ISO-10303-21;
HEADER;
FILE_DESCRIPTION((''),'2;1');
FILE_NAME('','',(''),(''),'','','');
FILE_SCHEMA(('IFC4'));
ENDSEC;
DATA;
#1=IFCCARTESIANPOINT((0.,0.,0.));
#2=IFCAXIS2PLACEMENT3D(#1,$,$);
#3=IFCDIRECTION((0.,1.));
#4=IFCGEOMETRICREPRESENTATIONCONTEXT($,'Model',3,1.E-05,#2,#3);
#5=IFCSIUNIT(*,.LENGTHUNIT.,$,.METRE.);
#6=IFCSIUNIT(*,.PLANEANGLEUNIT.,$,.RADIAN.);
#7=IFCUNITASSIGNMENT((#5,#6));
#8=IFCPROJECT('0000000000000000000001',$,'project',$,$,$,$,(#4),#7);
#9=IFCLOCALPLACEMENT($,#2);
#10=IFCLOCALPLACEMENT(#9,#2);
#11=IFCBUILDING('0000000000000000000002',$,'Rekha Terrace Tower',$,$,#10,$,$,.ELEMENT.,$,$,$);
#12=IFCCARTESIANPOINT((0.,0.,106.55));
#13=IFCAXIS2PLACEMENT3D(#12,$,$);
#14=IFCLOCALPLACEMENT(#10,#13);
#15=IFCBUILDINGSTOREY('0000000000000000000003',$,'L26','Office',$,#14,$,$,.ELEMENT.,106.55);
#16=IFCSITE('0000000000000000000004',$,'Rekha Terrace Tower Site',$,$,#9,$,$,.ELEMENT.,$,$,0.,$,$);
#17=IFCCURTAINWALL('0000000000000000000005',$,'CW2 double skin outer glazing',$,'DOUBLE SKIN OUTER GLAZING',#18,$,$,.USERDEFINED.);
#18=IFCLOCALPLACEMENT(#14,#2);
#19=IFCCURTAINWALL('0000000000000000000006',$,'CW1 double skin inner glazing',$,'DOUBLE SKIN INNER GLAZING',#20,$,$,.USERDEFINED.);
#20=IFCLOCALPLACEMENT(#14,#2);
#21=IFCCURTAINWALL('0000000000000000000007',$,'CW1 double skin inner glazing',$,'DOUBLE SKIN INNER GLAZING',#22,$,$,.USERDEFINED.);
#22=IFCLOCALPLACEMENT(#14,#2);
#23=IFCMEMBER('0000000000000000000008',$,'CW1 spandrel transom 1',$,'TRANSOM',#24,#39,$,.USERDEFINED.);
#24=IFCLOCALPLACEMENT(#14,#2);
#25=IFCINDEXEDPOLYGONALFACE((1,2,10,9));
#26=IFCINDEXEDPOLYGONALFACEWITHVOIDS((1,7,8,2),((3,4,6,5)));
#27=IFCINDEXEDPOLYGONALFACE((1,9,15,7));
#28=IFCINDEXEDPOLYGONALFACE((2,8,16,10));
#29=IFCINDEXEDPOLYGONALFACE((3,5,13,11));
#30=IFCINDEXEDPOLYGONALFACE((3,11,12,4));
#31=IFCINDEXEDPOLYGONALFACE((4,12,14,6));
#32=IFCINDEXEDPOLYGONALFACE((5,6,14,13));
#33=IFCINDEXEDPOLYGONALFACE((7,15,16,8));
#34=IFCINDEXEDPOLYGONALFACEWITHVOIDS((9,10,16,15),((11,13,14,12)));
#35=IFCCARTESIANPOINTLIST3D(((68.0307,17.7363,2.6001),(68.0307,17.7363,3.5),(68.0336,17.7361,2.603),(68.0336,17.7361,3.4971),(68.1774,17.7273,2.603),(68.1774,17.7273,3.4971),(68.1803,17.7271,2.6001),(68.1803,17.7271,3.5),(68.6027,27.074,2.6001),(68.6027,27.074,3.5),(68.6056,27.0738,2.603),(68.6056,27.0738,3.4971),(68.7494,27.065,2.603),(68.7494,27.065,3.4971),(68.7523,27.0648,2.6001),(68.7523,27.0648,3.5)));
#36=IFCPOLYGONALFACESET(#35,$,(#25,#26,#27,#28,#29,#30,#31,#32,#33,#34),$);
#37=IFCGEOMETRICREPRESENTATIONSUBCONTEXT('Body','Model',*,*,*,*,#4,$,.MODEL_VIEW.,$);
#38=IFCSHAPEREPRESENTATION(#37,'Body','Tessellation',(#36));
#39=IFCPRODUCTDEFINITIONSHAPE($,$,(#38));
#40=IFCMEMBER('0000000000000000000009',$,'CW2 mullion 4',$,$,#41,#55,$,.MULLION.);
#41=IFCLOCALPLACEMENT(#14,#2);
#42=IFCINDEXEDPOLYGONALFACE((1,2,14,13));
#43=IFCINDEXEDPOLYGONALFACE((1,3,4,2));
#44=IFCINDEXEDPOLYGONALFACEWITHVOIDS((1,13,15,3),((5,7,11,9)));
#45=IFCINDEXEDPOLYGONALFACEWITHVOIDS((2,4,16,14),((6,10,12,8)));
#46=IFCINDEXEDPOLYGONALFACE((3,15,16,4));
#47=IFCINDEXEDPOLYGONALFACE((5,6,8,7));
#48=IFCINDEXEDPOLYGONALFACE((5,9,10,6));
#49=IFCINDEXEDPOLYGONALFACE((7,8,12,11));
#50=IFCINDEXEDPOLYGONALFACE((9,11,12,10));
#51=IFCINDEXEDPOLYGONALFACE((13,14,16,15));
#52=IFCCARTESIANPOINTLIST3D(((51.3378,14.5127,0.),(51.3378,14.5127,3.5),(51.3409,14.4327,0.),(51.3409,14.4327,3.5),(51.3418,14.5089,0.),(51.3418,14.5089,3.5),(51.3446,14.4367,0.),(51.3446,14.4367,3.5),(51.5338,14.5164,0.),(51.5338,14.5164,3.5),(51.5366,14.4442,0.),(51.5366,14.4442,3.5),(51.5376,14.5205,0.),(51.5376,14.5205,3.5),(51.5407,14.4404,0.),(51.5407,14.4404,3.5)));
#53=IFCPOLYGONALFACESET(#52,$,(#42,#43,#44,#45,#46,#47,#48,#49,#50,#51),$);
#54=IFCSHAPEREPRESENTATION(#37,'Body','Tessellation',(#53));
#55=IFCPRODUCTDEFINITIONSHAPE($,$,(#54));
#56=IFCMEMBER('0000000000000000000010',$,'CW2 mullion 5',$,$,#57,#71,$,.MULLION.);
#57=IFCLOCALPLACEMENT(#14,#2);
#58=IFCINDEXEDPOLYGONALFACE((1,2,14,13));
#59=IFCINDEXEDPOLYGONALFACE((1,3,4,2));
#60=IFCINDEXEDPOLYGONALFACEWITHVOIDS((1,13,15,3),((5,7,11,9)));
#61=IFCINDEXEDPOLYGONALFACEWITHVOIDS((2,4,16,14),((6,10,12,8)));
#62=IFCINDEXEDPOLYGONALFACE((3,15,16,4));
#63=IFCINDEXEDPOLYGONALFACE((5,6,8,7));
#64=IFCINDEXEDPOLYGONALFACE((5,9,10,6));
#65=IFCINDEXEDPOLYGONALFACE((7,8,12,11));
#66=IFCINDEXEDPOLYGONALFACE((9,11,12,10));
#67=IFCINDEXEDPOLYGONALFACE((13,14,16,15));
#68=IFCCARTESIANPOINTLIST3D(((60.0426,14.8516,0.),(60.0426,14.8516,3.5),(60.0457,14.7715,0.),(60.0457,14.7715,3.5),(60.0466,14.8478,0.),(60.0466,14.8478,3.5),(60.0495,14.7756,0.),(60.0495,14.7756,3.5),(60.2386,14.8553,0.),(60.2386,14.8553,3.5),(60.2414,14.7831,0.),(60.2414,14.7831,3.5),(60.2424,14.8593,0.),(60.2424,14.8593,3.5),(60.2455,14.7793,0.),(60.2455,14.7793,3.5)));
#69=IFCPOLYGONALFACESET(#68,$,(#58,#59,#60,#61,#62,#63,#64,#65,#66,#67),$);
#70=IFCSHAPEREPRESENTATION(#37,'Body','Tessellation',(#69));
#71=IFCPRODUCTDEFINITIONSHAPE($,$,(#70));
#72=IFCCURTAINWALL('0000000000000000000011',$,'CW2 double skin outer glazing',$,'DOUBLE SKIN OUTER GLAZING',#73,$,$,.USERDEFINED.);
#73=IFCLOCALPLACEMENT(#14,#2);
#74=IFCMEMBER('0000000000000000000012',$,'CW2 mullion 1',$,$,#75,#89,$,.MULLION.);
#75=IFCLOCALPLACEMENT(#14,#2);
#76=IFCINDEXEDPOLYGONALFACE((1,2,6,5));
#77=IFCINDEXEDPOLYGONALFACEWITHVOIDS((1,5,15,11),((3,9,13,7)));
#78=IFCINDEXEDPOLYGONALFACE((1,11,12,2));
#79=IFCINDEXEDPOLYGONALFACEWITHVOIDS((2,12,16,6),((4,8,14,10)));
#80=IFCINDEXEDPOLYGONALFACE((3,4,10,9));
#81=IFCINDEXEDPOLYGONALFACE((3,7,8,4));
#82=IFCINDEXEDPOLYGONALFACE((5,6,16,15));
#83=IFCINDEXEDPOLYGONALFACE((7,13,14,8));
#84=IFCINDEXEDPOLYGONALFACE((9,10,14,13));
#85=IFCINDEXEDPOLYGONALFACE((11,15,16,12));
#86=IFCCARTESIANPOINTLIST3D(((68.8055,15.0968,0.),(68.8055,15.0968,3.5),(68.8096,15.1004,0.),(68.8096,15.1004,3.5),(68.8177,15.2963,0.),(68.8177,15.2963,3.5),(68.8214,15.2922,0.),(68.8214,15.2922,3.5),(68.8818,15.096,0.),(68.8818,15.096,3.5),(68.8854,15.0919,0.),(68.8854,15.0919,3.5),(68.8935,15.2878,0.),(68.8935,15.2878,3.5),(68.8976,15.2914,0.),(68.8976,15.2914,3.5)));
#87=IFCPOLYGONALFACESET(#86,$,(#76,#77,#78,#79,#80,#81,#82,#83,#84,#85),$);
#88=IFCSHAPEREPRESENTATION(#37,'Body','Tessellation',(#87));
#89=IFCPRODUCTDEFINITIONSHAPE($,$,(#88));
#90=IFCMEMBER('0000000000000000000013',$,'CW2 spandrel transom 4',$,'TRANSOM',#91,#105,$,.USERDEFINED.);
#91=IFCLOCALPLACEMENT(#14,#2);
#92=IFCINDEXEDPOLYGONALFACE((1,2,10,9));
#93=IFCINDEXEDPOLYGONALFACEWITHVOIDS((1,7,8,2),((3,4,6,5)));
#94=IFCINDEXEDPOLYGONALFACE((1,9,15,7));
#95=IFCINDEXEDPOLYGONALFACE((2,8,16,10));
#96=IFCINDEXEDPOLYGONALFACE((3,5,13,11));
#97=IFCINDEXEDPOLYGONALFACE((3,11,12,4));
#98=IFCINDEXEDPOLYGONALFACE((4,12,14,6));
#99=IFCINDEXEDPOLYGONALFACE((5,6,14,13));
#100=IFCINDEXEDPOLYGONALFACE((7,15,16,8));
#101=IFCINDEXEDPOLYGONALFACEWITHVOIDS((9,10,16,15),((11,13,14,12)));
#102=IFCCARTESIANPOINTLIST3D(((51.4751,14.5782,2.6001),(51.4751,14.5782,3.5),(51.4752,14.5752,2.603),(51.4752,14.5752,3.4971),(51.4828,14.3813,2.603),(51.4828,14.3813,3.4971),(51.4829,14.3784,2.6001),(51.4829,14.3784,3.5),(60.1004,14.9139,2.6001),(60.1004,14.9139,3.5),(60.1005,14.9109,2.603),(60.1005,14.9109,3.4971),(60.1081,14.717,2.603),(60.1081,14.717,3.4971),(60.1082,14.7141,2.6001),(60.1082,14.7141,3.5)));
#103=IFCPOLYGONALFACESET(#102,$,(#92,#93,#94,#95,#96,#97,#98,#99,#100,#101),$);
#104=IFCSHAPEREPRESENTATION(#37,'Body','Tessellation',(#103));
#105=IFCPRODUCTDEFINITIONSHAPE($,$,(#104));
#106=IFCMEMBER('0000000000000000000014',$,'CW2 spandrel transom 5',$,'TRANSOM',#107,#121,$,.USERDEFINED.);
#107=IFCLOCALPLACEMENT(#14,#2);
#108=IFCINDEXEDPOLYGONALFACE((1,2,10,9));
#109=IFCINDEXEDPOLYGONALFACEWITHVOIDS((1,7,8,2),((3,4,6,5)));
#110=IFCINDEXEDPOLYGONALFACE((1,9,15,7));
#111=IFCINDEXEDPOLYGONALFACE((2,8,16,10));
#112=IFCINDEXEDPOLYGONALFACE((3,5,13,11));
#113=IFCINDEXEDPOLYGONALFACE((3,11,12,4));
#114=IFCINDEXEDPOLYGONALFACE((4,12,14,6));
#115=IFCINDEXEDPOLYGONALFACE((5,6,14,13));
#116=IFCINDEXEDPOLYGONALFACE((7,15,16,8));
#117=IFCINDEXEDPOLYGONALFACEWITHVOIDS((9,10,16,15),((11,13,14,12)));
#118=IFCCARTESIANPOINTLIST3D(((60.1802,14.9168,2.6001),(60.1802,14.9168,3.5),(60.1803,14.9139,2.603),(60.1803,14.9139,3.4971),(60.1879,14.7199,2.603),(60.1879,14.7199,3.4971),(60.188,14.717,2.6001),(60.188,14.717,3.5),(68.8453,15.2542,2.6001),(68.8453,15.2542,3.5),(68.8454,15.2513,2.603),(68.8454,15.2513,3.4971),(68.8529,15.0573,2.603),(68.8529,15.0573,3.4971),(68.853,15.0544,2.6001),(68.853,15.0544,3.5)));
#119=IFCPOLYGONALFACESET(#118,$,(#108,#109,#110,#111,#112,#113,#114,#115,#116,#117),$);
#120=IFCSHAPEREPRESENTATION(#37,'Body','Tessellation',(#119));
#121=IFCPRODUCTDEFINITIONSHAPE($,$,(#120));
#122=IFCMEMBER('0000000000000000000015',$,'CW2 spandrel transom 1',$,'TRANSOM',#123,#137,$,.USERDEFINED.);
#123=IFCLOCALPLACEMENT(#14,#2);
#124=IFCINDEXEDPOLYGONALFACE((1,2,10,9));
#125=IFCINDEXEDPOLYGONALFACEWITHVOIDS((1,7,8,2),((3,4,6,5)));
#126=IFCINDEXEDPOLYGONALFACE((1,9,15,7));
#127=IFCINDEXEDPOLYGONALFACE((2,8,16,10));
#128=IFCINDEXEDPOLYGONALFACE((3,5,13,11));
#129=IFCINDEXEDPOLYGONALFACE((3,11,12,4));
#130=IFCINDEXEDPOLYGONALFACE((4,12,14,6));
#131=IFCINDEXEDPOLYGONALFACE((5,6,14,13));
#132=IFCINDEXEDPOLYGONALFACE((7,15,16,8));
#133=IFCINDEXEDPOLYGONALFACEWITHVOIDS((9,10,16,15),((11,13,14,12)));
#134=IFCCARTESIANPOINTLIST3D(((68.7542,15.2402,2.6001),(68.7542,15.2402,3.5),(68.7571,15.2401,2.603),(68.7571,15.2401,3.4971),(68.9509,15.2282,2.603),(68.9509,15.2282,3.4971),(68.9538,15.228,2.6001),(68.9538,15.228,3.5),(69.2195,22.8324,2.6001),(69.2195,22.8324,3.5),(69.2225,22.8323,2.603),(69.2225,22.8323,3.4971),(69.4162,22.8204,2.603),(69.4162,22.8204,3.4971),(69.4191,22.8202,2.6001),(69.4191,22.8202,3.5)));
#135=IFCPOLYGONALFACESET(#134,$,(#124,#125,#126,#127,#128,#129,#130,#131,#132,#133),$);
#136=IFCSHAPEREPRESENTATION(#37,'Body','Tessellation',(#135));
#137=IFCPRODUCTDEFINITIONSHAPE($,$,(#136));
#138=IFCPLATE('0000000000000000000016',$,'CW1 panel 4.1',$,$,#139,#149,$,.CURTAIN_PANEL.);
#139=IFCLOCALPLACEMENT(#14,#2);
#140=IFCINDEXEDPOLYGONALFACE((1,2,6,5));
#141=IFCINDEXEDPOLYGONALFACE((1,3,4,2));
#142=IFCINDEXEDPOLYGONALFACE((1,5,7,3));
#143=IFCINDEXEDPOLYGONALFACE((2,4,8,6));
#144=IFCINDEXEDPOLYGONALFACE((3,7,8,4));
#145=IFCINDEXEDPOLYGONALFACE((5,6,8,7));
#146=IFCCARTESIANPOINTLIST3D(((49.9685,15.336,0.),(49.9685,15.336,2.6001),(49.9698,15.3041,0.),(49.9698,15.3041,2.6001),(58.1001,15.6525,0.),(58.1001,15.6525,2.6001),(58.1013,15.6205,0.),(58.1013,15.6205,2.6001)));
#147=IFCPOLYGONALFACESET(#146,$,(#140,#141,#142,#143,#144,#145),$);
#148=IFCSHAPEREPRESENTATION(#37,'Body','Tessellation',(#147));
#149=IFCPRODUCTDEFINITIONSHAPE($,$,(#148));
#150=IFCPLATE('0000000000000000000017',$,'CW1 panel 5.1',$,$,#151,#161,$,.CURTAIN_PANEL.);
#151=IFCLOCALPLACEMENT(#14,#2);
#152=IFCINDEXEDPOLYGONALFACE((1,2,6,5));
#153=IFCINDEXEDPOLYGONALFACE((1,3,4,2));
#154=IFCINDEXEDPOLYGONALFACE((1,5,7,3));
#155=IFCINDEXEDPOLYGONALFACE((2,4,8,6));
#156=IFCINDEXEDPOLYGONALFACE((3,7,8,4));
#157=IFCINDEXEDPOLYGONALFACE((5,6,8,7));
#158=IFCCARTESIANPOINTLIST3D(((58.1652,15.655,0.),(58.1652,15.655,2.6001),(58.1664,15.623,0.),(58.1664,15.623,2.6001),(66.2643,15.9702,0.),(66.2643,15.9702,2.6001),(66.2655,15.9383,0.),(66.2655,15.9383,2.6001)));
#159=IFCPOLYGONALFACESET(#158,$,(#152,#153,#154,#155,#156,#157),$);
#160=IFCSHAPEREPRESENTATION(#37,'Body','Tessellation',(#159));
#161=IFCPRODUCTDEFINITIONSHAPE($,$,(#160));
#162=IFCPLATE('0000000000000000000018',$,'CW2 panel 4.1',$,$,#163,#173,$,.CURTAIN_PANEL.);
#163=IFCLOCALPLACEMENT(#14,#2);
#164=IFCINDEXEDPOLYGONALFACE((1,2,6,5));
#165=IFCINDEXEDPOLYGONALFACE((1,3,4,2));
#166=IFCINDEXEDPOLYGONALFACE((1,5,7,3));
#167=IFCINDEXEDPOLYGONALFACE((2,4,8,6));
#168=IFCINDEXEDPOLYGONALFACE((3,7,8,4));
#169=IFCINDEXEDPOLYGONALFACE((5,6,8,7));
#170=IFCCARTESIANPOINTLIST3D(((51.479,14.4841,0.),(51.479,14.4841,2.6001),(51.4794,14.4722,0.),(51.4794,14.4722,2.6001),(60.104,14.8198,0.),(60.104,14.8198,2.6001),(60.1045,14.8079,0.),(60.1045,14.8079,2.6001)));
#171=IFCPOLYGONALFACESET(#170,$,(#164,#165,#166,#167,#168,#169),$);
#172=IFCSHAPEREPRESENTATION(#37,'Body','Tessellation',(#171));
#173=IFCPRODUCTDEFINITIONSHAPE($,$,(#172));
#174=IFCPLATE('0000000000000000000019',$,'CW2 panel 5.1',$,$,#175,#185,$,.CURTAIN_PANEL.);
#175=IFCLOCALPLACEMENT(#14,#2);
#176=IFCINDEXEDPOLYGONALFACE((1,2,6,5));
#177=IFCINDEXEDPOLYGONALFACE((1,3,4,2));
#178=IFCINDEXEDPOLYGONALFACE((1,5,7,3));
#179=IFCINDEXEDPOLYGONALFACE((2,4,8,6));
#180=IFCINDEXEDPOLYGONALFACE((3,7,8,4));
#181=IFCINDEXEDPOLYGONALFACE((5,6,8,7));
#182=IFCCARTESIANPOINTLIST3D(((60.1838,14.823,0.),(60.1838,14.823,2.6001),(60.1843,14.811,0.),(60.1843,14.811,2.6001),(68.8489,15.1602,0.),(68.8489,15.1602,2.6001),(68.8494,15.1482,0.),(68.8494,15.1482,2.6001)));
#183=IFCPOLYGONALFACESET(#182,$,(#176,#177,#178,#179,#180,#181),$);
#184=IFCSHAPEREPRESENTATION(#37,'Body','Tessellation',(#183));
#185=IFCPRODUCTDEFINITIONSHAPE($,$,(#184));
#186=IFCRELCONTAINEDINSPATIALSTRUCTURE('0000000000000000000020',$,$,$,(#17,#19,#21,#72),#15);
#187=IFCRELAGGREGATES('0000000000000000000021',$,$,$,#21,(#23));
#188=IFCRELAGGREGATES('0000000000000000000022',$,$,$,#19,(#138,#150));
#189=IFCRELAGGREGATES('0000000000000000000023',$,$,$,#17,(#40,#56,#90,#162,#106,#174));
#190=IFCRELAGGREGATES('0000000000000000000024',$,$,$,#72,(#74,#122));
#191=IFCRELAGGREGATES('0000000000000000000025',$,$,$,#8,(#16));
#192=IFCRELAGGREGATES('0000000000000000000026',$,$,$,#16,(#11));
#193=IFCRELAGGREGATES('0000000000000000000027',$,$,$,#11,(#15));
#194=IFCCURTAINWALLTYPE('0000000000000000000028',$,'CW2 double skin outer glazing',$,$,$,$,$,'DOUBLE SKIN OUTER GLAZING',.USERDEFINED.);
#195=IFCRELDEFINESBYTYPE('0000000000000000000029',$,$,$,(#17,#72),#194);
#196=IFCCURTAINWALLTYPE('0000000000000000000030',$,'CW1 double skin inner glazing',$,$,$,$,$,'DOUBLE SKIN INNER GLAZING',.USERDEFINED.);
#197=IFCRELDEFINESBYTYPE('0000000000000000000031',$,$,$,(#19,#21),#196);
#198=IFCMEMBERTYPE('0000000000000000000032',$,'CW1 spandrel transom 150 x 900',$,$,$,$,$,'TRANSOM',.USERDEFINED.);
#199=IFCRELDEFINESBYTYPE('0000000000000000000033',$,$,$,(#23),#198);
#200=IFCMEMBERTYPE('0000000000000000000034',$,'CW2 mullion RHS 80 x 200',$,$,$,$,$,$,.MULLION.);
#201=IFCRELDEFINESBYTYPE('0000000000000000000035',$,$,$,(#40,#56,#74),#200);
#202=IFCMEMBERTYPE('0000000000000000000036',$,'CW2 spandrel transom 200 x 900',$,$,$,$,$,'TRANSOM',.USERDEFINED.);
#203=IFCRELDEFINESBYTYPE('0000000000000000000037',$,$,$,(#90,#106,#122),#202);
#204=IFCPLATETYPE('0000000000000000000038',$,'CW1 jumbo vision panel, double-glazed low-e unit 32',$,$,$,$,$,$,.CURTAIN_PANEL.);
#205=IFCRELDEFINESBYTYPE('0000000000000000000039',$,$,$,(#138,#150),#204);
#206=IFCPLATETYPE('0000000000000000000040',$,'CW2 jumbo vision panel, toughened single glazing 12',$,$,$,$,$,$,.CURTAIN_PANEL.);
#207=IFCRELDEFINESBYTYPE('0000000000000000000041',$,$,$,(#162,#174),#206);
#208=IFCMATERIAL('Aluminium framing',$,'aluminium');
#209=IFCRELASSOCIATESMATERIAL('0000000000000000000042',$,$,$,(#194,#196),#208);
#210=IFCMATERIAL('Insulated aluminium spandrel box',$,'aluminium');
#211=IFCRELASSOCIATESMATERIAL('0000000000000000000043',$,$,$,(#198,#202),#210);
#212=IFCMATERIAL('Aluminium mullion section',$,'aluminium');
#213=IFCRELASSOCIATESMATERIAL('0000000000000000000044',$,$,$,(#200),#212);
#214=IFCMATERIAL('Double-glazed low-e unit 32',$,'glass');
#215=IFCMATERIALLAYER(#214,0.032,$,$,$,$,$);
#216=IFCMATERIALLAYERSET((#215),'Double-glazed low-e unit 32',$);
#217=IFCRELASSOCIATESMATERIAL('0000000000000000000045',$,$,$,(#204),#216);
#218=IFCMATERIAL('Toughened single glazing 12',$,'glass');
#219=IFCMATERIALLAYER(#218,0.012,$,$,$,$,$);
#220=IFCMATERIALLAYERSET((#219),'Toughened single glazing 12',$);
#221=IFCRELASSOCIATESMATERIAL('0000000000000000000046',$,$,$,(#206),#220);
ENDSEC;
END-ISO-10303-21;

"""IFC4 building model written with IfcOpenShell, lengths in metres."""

from ifc_helpers import new_model, si_unit, direction, frame, origin, origin_2d, place, context, subcontext, project, spatial, rectangle, hollow_rectangle, extrude, material, layer, layer_set, material_profile, profile_set, type_object, element, aggregate, save


model = new_model("IFC4")

# Units and contexts
model_context = context("Model", 3, precision=1e-05, world=origin(), true_north=direction((0.0, 1.0)))
body_context = subcontext(model_context, "Body", "Model", "MODEL_VIEW")
ifc_project = project(units=[si_unit("LENGTHUNIT", "METRE"), si_unit("PLANEANGLEUNIT", "RADIAN")], contexts=[model_context])

# Site, building, storey
site_placement = place(None, origin())
site = spatial("IfcSite", under=ifc_project, at=site_placement, Name="Rekha Terrace Tower Site", CompositionType="ELEMENT", RefElevation=0.0)
building_placement = place(site_placement, origin())
building = spatial("IfcBuilding", under=site, at=building_placement, Name="Rekha Terrace Tower", CompositionType="ELEMENT")
storey_placement = place(building_placement, frame((0.0, 0.0, 106.55)))
storey = spatial("IfcBuildingStorey", under=building, at=storey_placement, Name="L26", Description="Office", CompositionType="ELEMENT", Elevation=106.55)

# Curtain walls
ifc_material_1 = material(Name="Aluminium framing", Category="aluminium")
curtain_wall_type_1 = type_object("IfcCurtainWallType", Name="CW2 double skin outer glazing", ElementType="DOUBLE SKIN OUTER GLAZING", PredefinedType="USERDEFINED", material=ifc_material_1)
curtain_wall_1_placement = place(storey_placement, origin())
curtain_wall_1 = element("IfcCurtainWall", 1, at=curtain_wall_1_placement, inside=storey, type_object=curtain_wall_type_1, Name="CW2 double skin outer glazing", ObjectType="DOUBLE SKIN OUTER GLAZING", PredefinedType="USERDEFINED")
curtain_wall_type_2 = type_object("IfcCurtainWallType", Name="CW1 double skin inner glazing", ElementType="DOUBLE SKIN INNER GLAZING", PredefinedType="USERDEFINED", material=ifc_material_1)
curtain_wall_2_placement = place(storey_placement, origin())
curtain_wall_2 = element("IfcCurtainWall", 2, at=curtain_wall_2_placement, inside=storey, type_object=curtain_wall_type_2, Name="CW1 double skin inner glazing", ObjectType="DOUBLE SKIN INNER GLAZING", PredefinedType="USERDEFINED")
ifc_material_2 = material(Name="Aluminium mullion section", Category="aluminium")

# Curtain wall
curtain_wall_3_placement = place(storey_placement, origin())
curtain_wall_3 = element("IfcCurtainWall", 3, at=curtain_wall_3_placement, inside=storey, type_object=curtain_wall_type_2, Name="CW1 double skin inner glazing", ObjectType="DOUBLE SKIN INNER GLAZING", PredefinedType="USERDEFINED")

# Members
ifc_material_3 = material(Name="Insulated aluminium spandrel box", Category="aluminium")
ifc_material_profile_1 = material_profile(ifc_material_3, hollow_rectangle(XDim=0.1499, YDim=0.8999, WallThickness=0.0029, at=origin_2d()), Name="AL SPANDREL BOX 150x900")
ifc_profile_set_1 = profile_set([ifc_material_profile_1], Name="Insulated aluminium spandrel box")
member_type_1 = type_object("IfcMemberType", Name="CW1 spandrel transom 150 x 900", ElementType="TRANSOM", PredefinedType="USERDEFINED", material=ifc_profile_set_1)
member_1_placement = place(storey_placement, frame((68.1055, 17.7317, 3.05), z_axis=(0.061145, 0.998129, 0.0), x_axis=(-0.998129, 0.061145, 0.0)))
member_1 = element("IfcMember", 4, at=member_1_placement, type_object=member_type_1, Name="CW1 spandrel transom 1", ObjectType="TRANSOM", PredefinedType="USERDEFINED", context=body_context, shape_type="SweptSolid", body=[
    extrude(hollow_rectangle(XDim=0.1499, YDim=0.8999, WallThickness=0.0029, at=origin_2d()), origin(), (0.0, 0.0, 1.0), 9.3552),
])
aggregate(curtain_wall_3, [member_1])
ifc_material_profile_2 = material_profile(ifc_material_2, hollow_rectangle(XDim=0.0801, YDim=0.2, WallThickness=0.0039, at=origin_2d()), Name="AL RHS 80x200")
ifc_profile_set_2 = profile_set([ifc_material_profile_2], Name="Aluminium mullion section")
member_type_2 = type_object("IfcMemberType", Name="CW2 mullion RHS 80 x 200", PredefinedType="MULLION", material=ifc_profile_set_2)
member_2_placement = place(storey_placement, frame((51.4392, 14.4766, 0.0), z_axis=(0.0, 0.0, 1.0), x_axis=(-0.03889, 0.999243, 0.0)))
member_2 = element("IfcMember", 5, at=member_2_placement, type_object=member_type_2, Name="CW2 mullion 4", PredefinedType="MULLION", context=body_context, shape_type="SweptSolid", body=[
    extrude(hollow_rectangle(XDim=0.0801, YDim=0.2, WallThickness=0.0039, at=origin_2d()), origin(), (0.0, 0.0, 1.0), 3.5),
])
member_3_placement = place(storey_placement, frame((60.144, 14.8154, 0.0), z_axis=(0.0, 0.0, 1.0), x_axis=(-0.03889, 0.999243, 0.0)))
member_3 = element("IfcMember", 6, at=member_3_placement, type_object=member_type_2, Name="CW2 mullion 5", PredefinedType="MULLION", context=body_context, shape_type="SweptSolid", body=[
    extrude(hollow_rectangle(XDim=0.0801, YDim=0.2, WallThickness=0.0039, at=origin_2d()), origin(), (0.0, 0.0, 1.0), 3.5),
])

# Curtain wall, member
curtain_wall_4_placement = place(storey_placement, origin())
curtain_wall_4 = element("IfcCurtainWall", 7, at=curtain_wall_4_placement, inside=storey, type_object=curtain_wall_type_1, Name="CW2 double skin outer glazing", ObjectType="DOUBLE SKIN OUTER GLAZING", PredefinedType="USERDEFINED")
member_4_placement = place(storey_placement, frame((68.8516, 15.1941, 0.0), z_axis=(0.0, 0.0, 1.0), x_axis=(-0.998128, 0.06116, 0.0)))
member_4 = element("IfcMember", 8, at=member_4_placement, type_object=member_type_2, Name="CW2 mullion 1", PredefinedType="MULLION", context=body_context, shape_type="SweptSolid", body=[
    extrude(hollow_rectangle(XDim=0.0801, YDim=0.2, WallThickness=0.0039, at=origin_2d()), origin(), (0.0, 0.0, 1.0), 3.5),
])

# Members
ifc_material_profile_3 = material_profile(ifc_material_3, hollow_rectangle(XDim=0.2, YDim=0.8999, WallThickness=0.0029, at=origin_2d()), Name="AL SPANDREL BOX 200x900")
ifc_profile_set_3 = profile_set([ifc_material_profile_3], Name="Insulated aluminium spandrel box")
member_type_3 = type_object("IfcMemberType", Name="CW2 spandrel transom 200 x 900", ElementType="TRANSOM", PredefinedType="USERDEFINED", material=ifc_profile_set_3)
member_5_placement = place(storey_placement, frame((51.479, 14.4783, 3.05), z_axis=(0.999243, 0.03889, 0.0), x_axis=(-0.03889, 0.999243, 0.0)))
member_5 = element("IfcMember", 9, at=member_5_placement, type_object=member_type_3, Name="CW2 spandrel transom 4", ObjectType="TRANSOM", PredefinedType="USERDEFINED", context=body_context, shape_type="SweptSolid", body=[
    extrude(hollow_rectangle(XDim=0.2, YDim=0.8999, WallThickness=0.0029, at=origin_2d()), origin(), (0.0, 0.0, 1.0), 8.6318),
])
member_6_placement = place(storey_placement, frame((60.1841, 14.8169, 3.05), z_axis=(0.999243, 0.038909, 0.0), x_axis=(-0.038909, 0.999243, 0.0)))
member_6 = element("IfcMember", 10, at=member_6_placement, type_object=member_type_3, Name="CW2 spandrel transom 5", ObjectType="TRANSOM", PredefinedType="USERDEFINED", context=body_context, shape_type="SweptSolid", body=[
    extrude(hollow_rectangle(XDim=0.2, YDim=0.8999, WallThickness=0.0029, at=origin_2d()), origin(), (0.0, 0.0, 1.0), 8.6716),
])
member_7_placement = place(storey_placement, frame((68.854, 15.2341, 3.05), z_axis=(0.061175, 0.998127, 0.0), x_axis=(-0.998127, 0.061175, 0.0)))
member_7 = element("IfcMember", 11, at=member_7_placement, type_object=member_type_3, Name="CW2 spandrel transom 1", ObjectType="TRANSOM", PredefinedType="USERDEFINED", context=body_context, shape_type="SweptSolid", body=[
    extrude(hollow_rectangle(XDim=0.2, YDim=0.8999, WallThickness=0.0029, at=origin_2d()), origin(), (0.0, 0.0, 1.0), 7.6064),
])

# Plates
ifc_material_4 = material(Name="Double-glazed low-e unit 32", Category="glass")
ifc_layer_1 = layer(ifc_material_4, 0.032)
ifc_layer_set_1 = layer_set([ifc_layer_1], Name="Double-glazed low-e unit 32")
plate_type_1 = type_object("IfcPlateType", Name="CW1 jumbo vision panel, double-glazed low-e unit 32", PredefinedType="CURTAIN_PANEL", material=ifc_layer_set_1)
plate_1_placement = place(storey_placement, frame((54.0349, 15.4783, 0.0), z_axis=(0.0, 0.0, 1.0), x_axis=(0.999243, 0.03889, 0.0)))
plate_1 = element("IfcPlate", 12, at=plate_1_placement, type_object=plate_type_1, Name="CW1 panel 4.1", PredefinedType="CURTAIN_PANEL", context=body_context, shape_type="SweptSolid", body=[
    extrude(rectangle(XDim=8.1377, YDim=0.032, at=origin_2d()), origin(), (0.0, 0.0, 1.0), 2.6001),
])
plate_2_placement = place(storey_placement, frame((62.2153, 15.7966, 0.0), z_axis=(0.0, 0.0, 1.0), x_axis=(0.999243, 0.03889, 0.0)))
plate_2 = element("IfcPlate", 13, at=plate_2_placement, type_object=plate_type_1, Name="CW1 panel 5.1", PredefinedType="CURTAIN_PANEL", context=body_context, shape_type="SweptSolid", body=[
    extrude(rectangle(XDim=8.1052, YDim=0.032, at=origin_2d()), origin(), (0.0, 0.0, 1.0), 2.6001),
])
aggregate(curtain_wall_2, [plate_1, plate_2])
ifc_material_5 = material(Name="Toughened single glazing 12", Category="glass")
ifc_layer_2 = layer(ifc_material_5, 0.012)
ifc_layer_set_2 = layer_set([ifc_layer_2], Name="Toughened single glazing 12")
plate_type_2 = type_object("IfcPlateType", Name="CW2 jumbo vision panel, toughened single glazing 12", PredefinedType="CURTAIN_PANEL", material=ifc_layer_set_2)
plate_3_placement = place(storey_placement, frame((55.7917, 14.646, 0.0), z_axis=(0.0, 0.0, 1.0), x_axis=(0.999243, 0.03889, 0.0)))
plate_3 = element("IfcPlate", 14, at=plate_3_placement, type_object=plate_type_2, Name="CW2 panel 4.1", PredefinedType="CURTAIN_PANEL", context=body_context, shape_type="SweptSolid", body=[
    extrude(rectangle(XDim=8.6316, YDim=0.012, at=origin_2d()), origin(), (0.0, 0.0, 1.0), 2.6001),
])
plate_4_placement = place(storey_placement, frame((64.5166, 14.9856, 0.0), z_axis=(0.0, 0.0, 1.0), x_axis=(0.999243, 0.03889, 0.0)))
plate_4 = element("IfcPlate", 15, at=plate_4_placement, type_object=plate_type_2, Name="CW2 panel 5.1", PredefinedType="CURTAIN_PANEL", context=body_context, shape_type="SweptSolid", body=[
    extrude(rectangle(XDim=8.6716, YDim=0.012, at=origin_2d()), origin(), (0.0, 0.0, 1.0), 2.6001),
])
aggregate(curtain_wall_1, [member_2, member_3, member_5, plate_3, member_6, plate_4])
aggregate(curtain_wall_4, [member_4, member_7])

save(model, "model.ifc")
